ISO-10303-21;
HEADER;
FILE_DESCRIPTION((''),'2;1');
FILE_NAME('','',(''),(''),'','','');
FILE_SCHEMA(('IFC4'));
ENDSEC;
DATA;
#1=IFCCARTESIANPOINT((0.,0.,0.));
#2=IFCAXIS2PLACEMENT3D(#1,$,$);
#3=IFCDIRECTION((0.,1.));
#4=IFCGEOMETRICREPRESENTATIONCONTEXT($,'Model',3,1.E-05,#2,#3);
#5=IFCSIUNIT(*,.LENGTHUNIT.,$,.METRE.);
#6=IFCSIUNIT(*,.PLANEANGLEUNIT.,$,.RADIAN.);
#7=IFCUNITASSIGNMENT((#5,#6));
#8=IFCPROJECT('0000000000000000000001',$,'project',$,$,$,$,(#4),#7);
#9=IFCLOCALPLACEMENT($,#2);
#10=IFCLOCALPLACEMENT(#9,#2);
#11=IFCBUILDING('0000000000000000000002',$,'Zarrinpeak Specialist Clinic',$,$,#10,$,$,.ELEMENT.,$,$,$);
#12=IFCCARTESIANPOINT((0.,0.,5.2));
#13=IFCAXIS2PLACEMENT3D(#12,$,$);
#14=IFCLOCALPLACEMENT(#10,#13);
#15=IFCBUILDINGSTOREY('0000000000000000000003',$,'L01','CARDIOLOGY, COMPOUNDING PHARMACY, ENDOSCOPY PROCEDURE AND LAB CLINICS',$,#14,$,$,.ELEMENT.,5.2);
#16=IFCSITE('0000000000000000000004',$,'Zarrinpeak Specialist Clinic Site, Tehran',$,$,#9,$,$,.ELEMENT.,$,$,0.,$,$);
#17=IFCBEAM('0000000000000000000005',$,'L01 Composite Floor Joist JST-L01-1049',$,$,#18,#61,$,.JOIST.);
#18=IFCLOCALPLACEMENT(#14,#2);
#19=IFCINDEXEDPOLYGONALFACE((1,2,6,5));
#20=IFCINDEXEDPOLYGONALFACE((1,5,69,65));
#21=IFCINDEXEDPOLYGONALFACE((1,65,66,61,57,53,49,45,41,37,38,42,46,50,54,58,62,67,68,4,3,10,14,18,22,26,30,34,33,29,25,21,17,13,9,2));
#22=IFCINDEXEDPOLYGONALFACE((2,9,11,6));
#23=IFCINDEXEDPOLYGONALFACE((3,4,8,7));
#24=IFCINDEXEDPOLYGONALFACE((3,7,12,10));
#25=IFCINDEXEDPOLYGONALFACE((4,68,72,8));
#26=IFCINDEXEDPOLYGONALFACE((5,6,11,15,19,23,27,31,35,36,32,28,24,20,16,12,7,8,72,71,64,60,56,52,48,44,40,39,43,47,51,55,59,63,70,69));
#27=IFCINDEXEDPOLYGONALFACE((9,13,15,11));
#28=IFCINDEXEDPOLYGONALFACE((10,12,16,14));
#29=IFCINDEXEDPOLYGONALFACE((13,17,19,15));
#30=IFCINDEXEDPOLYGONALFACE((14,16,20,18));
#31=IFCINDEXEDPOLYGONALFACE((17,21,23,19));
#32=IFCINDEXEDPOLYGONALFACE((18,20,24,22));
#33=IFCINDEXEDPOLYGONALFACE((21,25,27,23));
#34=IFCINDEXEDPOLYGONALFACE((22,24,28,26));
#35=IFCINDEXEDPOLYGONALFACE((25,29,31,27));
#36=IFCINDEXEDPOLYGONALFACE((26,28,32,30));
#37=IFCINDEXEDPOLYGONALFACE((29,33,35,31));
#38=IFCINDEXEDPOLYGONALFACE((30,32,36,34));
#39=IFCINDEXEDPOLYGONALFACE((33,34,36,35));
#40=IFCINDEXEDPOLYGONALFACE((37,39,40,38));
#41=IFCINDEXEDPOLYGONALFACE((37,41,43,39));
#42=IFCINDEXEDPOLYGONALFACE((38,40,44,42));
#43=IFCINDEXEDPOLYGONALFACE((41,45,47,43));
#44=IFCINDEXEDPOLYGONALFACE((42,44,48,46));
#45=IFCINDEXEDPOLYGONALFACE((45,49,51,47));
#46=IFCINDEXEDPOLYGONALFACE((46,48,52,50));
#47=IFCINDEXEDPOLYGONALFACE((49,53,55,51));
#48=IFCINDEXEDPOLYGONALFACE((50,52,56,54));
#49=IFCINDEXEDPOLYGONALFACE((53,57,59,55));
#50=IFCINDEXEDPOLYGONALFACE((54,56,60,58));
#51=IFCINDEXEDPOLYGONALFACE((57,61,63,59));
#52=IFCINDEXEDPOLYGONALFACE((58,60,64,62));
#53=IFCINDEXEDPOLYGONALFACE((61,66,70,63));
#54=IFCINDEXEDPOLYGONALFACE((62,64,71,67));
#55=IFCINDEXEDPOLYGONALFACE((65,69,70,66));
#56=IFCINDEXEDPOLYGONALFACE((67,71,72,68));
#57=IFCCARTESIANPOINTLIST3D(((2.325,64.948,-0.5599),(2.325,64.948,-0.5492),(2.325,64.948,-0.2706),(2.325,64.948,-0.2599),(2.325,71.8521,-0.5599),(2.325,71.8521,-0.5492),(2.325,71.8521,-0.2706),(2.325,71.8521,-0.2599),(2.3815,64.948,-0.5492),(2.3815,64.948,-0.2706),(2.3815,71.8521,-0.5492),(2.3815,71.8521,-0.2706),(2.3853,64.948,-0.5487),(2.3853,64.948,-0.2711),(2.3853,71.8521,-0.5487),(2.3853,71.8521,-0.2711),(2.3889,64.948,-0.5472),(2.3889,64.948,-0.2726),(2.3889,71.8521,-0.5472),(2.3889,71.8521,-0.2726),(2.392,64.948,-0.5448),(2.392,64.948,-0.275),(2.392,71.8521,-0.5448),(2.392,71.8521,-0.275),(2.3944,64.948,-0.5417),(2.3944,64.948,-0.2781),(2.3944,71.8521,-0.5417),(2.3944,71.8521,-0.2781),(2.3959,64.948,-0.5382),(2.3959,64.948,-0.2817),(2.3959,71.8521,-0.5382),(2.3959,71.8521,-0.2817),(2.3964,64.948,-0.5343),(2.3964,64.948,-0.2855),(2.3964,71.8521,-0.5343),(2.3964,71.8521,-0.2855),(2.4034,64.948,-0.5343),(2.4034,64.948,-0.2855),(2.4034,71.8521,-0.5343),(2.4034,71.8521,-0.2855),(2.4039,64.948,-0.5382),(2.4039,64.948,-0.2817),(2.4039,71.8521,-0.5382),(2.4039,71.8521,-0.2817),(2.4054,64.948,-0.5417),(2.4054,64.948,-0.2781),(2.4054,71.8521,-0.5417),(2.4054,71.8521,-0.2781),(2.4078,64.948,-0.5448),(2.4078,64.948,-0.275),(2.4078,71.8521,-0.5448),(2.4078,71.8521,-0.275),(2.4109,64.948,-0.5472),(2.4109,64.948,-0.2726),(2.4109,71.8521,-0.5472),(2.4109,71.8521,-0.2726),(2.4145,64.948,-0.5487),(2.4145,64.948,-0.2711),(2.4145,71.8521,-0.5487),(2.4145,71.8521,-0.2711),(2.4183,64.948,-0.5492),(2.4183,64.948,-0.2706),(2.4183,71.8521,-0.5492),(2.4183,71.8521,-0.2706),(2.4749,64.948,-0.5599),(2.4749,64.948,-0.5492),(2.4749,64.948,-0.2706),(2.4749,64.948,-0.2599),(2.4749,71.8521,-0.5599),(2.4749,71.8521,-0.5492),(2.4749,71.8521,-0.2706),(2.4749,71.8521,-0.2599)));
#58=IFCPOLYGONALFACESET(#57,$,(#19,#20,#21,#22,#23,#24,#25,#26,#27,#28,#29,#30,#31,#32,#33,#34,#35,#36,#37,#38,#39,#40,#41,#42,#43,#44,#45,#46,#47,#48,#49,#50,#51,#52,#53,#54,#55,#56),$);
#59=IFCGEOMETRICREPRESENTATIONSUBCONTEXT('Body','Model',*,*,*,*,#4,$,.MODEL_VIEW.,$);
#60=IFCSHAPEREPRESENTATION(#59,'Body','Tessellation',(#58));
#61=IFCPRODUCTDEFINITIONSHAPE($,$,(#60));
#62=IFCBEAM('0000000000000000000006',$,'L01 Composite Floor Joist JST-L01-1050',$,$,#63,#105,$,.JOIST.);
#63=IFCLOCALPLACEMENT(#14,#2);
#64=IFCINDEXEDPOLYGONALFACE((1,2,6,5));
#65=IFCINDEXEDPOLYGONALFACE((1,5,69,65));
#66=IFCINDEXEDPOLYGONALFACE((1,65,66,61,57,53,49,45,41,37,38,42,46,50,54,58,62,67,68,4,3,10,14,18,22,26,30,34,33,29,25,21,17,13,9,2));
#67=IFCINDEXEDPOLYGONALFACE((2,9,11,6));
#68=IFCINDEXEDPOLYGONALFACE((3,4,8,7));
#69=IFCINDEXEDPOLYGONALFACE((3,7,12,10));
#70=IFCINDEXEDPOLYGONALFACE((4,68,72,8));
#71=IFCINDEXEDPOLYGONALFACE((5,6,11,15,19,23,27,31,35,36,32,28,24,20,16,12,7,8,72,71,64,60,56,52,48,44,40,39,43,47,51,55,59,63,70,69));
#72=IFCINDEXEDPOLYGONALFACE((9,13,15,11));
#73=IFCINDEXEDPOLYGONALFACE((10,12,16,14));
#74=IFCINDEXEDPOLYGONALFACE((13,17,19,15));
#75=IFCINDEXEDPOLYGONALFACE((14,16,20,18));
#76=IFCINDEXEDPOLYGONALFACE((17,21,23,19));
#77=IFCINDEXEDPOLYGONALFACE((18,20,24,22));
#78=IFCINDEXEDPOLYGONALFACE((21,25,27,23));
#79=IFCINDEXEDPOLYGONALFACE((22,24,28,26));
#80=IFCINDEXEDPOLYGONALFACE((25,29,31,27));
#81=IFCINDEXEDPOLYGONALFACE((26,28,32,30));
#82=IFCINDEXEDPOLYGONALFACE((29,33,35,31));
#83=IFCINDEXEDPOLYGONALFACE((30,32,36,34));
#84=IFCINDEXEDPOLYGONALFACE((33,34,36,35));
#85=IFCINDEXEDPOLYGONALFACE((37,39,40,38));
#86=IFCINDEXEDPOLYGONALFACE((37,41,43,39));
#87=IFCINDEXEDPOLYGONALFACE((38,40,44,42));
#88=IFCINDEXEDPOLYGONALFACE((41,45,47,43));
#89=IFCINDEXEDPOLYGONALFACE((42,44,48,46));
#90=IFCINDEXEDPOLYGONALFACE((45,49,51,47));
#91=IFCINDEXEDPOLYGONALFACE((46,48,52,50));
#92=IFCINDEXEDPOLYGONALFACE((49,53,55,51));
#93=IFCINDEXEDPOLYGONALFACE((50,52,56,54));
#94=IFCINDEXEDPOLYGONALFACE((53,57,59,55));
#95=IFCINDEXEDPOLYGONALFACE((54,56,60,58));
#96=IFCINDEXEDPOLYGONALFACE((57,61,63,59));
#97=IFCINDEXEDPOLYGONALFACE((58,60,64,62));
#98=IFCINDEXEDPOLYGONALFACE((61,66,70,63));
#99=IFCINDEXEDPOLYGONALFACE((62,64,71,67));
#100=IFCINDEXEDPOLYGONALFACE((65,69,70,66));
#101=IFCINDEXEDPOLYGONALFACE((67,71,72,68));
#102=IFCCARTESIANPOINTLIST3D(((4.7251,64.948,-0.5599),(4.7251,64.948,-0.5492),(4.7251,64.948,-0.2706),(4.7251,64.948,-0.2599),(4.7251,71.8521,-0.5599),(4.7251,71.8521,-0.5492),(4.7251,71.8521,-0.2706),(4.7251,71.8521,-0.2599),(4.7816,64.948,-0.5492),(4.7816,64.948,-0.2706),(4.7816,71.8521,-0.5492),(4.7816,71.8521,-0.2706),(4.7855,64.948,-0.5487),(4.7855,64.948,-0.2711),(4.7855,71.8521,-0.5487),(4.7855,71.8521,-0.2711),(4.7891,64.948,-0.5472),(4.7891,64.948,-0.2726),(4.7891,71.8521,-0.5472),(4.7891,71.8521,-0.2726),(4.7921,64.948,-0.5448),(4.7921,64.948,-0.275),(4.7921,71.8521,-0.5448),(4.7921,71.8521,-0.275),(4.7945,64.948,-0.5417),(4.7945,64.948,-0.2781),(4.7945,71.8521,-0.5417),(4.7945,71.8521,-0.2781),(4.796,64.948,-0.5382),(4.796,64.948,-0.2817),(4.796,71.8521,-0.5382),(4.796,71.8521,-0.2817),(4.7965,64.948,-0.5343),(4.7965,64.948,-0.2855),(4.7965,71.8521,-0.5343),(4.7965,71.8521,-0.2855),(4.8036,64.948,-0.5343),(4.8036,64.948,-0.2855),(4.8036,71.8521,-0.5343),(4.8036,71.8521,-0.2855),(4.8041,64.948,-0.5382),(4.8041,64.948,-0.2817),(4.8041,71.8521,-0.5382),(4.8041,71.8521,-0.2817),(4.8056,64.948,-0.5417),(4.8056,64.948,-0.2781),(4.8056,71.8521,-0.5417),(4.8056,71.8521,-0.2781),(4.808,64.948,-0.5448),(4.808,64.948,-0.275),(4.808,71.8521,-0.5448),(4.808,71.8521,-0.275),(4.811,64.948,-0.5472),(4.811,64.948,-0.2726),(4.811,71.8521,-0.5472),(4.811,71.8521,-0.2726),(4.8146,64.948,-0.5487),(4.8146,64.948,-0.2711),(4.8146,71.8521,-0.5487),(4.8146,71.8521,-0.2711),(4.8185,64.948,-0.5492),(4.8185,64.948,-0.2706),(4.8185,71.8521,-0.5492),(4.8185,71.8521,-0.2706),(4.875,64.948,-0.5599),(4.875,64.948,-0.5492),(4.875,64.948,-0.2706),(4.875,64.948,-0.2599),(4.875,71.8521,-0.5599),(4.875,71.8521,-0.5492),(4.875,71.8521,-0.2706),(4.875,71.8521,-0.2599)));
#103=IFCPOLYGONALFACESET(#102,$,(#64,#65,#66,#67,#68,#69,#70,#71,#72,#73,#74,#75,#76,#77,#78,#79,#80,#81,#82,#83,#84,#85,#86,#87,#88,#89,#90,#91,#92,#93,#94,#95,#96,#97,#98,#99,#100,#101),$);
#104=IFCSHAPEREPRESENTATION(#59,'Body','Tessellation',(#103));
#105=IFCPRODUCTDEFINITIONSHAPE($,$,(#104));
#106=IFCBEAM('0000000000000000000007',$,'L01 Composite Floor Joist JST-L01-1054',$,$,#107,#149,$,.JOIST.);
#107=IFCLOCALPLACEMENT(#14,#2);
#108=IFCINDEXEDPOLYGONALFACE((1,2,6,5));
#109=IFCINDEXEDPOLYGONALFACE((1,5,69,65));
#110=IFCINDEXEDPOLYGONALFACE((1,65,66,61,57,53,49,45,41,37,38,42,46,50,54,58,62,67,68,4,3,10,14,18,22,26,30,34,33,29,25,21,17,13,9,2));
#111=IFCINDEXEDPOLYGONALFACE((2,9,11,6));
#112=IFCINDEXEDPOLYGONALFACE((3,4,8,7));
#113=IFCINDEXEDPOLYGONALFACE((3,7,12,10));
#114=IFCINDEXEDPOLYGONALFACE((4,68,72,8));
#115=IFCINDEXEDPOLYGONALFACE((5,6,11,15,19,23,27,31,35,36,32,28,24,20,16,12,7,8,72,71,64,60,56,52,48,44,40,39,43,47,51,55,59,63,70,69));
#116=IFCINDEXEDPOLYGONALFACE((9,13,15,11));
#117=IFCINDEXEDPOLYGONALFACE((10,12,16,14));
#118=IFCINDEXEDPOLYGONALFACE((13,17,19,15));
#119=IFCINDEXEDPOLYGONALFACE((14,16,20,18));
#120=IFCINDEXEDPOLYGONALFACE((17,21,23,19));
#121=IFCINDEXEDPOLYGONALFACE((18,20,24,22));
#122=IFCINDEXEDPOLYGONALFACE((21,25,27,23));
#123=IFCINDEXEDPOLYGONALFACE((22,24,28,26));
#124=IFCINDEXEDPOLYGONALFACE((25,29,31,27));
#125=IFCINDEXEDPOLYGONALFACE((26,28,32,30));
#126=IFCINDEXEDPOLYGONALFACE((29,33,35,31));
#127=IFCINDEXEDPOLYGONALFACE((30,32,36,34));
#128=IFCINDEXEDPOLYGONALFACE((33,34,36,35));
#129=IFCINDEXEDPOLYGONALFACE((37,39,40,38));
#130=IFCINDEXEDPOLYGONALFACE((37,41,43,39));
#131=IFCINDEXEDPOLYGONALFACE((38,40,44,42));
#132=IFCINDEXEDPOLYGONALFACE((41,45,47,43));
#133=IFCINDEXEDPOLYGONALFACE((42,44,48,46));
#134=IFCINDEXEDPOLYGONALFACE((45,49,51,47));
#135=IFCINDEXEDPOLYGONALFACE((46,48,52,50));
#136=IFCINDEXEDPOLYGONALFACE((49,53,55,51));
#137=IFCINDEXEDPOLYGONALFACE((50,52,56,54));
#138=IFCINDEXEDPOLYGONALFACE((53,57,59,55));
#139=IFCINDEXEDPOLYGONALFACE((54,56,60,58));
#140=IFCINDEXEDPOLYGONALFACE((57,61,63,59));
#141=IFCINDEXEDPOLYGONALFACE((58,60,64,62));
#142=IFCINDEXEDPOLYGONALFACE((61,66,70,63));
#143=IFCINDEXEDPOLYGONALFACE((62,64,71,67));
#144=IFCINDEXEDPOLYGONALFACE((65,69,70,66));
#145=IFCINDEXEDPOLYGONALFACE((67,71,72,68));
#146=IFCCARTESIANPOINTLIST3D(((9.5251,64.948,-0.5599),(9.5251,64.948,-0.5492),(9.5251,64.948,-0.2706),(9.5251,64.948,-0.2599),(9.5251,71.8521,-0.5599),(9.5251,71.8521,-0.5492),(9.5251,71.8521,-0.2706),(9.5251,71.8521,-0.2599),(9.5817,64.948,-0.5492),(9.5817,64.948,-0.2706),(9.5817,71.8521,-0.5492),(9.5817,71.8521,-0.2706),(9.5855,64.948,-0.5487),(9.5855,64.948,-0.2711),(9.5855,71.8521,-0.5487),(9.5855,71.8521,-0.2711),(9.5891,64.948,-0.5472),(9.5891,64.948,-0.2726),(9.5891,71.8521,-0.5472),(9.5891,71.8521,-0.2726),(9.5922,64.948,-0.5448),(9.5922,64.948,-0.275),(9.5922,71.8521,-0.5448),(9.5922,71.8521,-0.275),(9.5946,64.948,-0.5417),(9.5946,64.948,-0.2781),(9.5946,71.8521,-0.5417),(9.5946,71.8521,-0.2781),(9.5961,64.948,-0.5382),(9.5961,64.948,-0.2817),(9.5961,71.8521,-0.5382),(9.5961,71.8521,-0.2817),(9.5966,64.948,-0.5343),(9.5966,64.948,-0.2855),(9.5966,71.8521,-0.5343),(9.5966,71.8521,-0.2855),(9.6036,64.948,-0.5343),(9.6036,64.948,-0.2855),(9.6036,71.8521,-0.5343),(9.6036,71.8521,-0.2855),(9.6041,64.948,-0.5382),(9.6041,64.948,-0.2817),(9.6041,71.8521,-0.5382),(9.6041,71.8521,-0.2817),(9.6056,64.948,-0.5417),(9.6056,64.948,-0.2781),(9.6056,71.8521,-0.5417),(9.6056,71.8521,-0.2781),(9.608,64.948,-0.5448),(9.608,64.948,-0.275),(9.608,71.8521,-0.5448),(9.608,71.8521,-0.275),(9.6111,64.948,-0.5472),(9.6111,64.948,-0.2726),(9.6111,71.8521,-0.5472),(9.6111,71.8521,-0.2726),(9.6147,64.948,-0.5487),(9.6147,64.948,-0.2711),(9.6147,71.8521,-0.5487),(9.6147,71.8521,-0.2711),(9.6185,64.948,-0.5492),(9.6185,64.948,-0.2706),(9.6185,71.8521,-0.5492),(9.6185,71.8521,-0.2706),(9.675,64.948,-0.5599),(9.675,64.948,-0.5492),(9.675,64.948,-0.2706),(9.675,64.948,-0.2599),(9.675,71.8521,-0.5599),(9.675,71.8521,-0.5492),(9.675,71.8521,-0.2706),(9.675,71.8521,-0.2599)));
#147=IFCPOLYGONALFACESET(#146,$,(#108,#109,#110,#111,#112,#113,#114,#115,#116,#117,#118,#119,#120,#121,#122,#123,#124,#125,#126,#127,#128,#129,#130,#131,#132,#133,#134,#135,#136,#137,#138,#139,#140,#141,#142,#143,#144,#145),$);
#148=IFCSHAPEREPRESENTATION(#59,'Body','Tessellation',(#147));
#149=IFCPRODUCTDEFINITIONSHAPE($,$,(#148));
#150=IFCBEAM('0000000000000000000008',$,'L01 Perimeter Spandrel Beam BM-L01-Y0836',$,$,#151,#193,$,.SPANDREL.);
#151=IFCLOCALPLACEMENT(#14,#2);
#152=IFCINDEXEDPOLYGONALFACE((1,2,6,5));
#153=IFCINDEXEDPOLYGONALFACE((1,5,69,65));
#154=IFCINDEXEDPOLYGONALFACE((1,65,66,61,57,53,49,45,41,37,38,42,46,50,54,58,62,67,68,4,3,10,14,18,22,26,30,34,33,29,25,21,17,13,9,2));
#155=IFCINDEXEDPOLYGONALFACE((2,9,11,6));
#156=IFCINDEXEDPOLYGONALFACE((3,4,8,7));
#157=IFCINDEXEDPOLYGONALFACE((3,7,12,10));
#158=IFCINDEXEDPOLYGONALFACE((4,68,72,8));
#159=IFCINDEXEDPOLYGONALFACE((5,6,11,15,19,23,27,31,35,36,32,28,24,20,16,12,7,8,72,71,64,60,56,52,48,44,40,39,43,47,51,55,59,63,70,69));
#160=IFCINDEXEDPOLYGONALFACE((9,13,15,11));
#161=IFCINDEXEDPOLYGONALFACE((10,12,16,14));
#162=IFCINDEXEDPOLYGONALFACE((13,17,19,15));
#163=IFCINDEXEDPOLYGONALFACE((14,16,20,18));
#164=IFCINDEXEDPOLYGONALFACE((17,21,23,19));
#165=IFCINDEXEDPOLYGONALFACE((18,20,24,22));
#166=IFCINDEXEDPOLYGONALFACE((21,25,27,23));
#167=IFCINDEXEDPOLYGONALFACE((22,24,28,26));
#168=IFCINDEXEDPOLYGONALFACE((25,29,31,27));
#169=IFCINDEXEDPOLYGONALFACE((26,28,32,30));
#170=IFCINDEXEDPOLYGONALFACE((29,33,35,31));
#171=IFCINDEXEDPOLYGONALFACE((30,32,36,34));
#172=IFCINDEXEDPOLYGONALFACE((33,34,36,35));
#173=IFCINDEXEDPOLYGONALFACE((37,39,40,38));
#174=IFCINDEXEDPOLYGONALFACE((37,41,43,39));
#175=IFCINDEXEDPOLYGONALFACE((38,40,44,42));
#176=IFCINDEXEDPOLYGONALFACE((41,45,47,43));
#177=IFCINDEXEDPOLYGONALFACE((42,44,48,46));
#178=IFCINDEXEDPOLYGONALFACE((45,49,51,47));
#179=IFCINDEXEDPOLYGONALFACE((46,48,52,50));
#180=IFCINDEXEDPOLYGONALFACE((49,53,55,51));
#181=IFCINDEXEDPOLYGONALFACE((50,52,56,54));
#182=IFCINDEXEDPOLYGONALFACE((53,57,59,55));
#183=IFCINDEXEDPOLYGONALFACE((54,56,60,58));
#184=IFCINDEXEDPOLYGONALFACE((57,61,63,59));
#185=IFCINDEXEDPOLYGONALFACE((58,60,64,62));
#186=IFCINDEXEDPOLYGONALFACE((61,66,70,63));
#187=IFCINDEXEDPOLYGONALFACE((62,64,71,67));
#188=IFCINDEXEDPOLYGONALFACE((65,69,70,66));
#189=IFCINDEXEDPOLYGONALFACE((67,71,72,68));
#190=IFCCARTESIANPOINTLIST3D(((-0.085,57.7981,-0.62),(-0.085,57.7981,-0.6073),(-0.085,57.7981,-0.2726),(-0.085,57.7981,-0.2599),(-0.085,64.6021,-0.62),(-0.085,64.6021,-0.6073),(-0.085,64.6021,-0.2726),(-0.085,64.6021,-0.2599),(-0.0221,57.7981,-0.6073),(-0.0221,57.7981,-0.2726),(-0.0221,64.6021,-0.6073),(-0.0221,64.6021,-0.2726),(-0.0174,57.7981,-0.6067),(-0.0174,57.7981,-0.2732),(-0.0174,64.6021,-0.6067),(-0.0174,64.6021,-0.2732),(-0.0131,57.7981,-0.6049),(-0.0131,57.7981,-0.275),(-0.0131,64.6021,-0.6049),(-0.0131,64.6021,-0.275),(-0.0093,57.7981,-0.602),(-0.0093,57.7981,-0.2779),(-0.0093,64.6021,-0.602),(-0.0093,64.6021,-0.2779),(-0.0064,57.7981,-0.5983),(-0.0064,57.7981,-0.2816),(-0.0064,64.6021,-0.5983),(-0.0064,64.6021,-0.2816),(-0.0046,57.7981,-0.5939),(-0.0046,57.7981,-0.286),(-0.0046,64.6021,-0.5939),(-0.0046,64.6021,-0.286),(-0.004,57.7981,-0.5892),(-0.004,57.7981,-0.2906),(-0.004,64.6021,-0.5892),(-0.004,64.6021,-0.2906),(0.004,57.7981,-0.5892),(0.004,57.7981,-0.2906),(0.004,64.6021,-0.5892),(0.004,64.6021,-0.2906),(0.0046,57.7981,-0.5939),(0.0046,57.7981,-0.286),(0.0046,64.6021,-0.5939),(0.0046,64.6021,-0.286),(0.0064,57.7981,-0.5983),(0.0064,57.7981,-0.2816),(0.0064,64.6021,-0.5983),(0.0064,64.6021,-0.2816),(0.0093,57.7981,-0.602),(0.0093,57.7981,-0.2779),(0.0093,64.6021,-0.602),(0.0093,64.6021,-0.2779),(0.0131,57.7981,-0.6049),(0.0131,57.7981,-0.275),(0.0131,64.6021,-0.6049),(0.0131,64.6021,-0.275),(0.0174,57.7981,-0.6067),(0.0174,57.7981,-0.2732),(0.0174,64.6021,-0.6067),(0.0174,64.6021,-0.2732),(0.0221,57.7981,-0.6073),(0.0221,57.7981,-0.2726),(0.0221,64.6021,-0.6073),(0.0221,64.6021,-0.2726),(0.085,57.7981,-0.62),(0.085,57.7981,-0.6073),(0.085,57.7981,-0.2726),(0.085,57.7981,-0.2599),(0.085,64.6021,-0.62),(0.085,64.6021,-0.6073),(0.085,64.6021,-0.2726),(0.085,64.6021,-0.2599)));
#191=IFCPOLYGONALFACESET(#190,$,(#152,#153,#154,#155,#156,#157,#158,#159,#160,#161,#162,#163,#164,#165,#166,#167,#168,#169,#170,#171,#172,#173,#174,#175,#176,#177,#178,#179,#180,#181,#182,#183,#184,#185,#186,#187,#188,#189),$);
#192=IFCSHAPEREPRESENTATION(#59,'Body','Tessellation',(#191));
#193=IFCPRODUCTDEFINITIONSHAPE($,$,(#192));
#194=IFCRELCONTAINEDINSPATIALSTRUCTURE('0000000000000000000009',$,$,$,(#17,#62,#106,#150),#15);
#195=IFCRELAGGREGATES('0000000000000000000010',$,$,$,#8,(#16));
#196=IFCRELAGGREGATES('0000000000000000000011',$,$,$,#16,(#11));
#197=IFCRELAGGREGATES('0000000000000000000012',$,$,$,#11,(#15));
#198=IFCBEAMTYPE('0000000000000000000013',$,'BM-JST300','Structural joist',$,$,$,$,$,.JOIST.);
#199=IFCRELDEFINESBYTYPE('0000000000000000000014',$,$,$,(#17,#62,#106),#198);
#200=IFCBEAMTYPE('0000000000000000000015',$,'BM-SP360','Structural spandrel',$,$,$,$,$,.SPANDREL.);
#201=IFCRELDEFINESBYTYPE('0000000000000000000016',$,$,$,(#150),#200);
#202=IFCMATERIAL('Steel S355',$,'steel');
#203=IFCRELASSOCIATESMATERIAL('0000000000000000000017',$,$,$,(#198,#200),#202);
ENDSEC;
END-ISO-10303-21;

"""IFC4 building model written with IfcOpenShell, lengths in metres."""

from ifc_helpers import new_model, si_unit, direction, frame, origin, origin_2d, place, context, subcontext, project, spatial, i_section, extrude, material, material_profile, profile_set, type_object, element, save


model = new_model("IFC4")

# Units and contexts
model_context = context("Model", 3, precision=1e-05, world=origin(), true_north=direction((0.0, 1.0)))
body_context = subcontext(model_context, "Body", "Model", "MODEL_VIEW")
ifc_project = project(units=[si_unit("LENGTHUNIT", "METRE"), si_unit("PLANEANGLEUNIT", "RADIAN")], contexts=[model_context])

# Site, building, storey
site_placement = place(None, origin())
site = spatial("IfcSite", under=ifc_project, at=site_placement, Name="Zarrinpeak Specialist Clinic Site, Tehran", CompositionType="ELEMENT", RefElevation=0.0)
building_placement = place(site_placement, origin())
building = spatial("IfcBuilding", under=site, at=building_placement, Name="Zarrinpeak Specialist Clinic", CompositionType="ELEMENT")
storey_placement = place(building_placement, frame((0.0, 0.0, 5.2)))
storey = spatial("IfcBuildingStorey", under=building, at=storey_placement, Name="L01", Description="CARDIOLOGY, COMPOUNDING PHARMACY, ENDOSCOPY PROCEDURE AND LAB CLINICS", CompositionType="ELEMENT", Elevation=5.2)

# Shared definitions
ifc_material_1 = material(Name="Steel S355", Category="steel")

# Beams
ifc_material_profile_1 = material_profile(ifc_material_1, i_section(OverallWidth=0.1499, OverallDepth=0.3, WebThickness=0.0071, FlangeThickness=0.0107, FilletRadius=0.0149, at=origin_2d()), Name="IPE 300")
ifc_profile_set_1 = profile_set([ifc_material_profile_1], Name="Steel S355")
beam_type_1 = type_object("IfcBeamType", Name="BM-JST300", Description="Structural joist", PredefinedType="JOIST", material=ifc_profile_set_1)
for number, where, z_axis, x_axis, name in (
    (1, (2.3999, 64.948, -0.4099), (0.0, 1.0, 0.0), (-1.0, 0.0, 0.0), "L01 Composite Floor Joist JST-L01-1049"),
    (2, (4.8, 64.948, -0.4099), (0.0, 1.0, 0.0), (-1.0, 0.0, 0.0), "L01 Composite Floor Joist JST-L01-1050"),
    (3, (9.6001, 64.948, -0.4099), (0.0, 1.0, 0.0), (-1.0, 0.0, 0.0), "L01 Composite Floor Joist JST-L01-1054"),
):
    element("IfcBeam", number, at=place(storey_placement, frame(where, z_axis=z_axis, x_axis=x_axis)), inside=storey, type_object=beam_type_1, Name=name, PredefinedType="JOIST", context=body_context, shape_type="SweptSolid", body=[
        extrude(i_section(OverallWidth=0.1499, OverallDepth=0.3, WebThickness=0.0071, FlangeThickness=0.0107, FilletRadius=0.0149, at=origin_2d()), origin(), (0.0, 0.0, 1.0), 6.9041),
    ])
ifc_material_profile_2 = material_profile(ifc_material_1, i_section(OverallWidth=0.1699, OverallDepth=0.3601, WebThickness=0.0081, FlangeThickness=0.0127, FilletRadius=0.0181, at=origin_2d()), Name="IPE 360")
ifc_profile_set_2 = profile_set([ifc_material_profile_2], Name="Steel S355")
beam_type_2 = type_object("IfcBeamType", Name="BM-SP360", Description="Structural spandrel", PredefinedType="SPANDREL", material=ifc_profile_set_2)
for number, where, z_axis, x_axis, name in (
    (4, (0.0, 57.7981, -0.4399), (0.0, 1.0, 0.0), (-1.0, 0.0, 0.0), "L01 Perimeter Spandrel Beam BM-L01-Y0836"),
):
    element("IfcBeam", number, at=place(storey_placement, frame(where, z_axis=z_axis, x_axis=x_axis)), inside=storey, type_object=beam_type_2, Name=name, PredefinedType="SPANDREL", context=body_context, shape_type="SweptSolid", body=[
        extrude(i_section(OverallWidth=0.1699, OverallDepth=0.3601, WebThickness=0.0081, FlangeThickness=0.0127, FilletRadius=0.0181, at=origin_2d()), origin(), (0.0, 0.0, 1.0), 6.804),
    ])

save(model, "model.ifc")
